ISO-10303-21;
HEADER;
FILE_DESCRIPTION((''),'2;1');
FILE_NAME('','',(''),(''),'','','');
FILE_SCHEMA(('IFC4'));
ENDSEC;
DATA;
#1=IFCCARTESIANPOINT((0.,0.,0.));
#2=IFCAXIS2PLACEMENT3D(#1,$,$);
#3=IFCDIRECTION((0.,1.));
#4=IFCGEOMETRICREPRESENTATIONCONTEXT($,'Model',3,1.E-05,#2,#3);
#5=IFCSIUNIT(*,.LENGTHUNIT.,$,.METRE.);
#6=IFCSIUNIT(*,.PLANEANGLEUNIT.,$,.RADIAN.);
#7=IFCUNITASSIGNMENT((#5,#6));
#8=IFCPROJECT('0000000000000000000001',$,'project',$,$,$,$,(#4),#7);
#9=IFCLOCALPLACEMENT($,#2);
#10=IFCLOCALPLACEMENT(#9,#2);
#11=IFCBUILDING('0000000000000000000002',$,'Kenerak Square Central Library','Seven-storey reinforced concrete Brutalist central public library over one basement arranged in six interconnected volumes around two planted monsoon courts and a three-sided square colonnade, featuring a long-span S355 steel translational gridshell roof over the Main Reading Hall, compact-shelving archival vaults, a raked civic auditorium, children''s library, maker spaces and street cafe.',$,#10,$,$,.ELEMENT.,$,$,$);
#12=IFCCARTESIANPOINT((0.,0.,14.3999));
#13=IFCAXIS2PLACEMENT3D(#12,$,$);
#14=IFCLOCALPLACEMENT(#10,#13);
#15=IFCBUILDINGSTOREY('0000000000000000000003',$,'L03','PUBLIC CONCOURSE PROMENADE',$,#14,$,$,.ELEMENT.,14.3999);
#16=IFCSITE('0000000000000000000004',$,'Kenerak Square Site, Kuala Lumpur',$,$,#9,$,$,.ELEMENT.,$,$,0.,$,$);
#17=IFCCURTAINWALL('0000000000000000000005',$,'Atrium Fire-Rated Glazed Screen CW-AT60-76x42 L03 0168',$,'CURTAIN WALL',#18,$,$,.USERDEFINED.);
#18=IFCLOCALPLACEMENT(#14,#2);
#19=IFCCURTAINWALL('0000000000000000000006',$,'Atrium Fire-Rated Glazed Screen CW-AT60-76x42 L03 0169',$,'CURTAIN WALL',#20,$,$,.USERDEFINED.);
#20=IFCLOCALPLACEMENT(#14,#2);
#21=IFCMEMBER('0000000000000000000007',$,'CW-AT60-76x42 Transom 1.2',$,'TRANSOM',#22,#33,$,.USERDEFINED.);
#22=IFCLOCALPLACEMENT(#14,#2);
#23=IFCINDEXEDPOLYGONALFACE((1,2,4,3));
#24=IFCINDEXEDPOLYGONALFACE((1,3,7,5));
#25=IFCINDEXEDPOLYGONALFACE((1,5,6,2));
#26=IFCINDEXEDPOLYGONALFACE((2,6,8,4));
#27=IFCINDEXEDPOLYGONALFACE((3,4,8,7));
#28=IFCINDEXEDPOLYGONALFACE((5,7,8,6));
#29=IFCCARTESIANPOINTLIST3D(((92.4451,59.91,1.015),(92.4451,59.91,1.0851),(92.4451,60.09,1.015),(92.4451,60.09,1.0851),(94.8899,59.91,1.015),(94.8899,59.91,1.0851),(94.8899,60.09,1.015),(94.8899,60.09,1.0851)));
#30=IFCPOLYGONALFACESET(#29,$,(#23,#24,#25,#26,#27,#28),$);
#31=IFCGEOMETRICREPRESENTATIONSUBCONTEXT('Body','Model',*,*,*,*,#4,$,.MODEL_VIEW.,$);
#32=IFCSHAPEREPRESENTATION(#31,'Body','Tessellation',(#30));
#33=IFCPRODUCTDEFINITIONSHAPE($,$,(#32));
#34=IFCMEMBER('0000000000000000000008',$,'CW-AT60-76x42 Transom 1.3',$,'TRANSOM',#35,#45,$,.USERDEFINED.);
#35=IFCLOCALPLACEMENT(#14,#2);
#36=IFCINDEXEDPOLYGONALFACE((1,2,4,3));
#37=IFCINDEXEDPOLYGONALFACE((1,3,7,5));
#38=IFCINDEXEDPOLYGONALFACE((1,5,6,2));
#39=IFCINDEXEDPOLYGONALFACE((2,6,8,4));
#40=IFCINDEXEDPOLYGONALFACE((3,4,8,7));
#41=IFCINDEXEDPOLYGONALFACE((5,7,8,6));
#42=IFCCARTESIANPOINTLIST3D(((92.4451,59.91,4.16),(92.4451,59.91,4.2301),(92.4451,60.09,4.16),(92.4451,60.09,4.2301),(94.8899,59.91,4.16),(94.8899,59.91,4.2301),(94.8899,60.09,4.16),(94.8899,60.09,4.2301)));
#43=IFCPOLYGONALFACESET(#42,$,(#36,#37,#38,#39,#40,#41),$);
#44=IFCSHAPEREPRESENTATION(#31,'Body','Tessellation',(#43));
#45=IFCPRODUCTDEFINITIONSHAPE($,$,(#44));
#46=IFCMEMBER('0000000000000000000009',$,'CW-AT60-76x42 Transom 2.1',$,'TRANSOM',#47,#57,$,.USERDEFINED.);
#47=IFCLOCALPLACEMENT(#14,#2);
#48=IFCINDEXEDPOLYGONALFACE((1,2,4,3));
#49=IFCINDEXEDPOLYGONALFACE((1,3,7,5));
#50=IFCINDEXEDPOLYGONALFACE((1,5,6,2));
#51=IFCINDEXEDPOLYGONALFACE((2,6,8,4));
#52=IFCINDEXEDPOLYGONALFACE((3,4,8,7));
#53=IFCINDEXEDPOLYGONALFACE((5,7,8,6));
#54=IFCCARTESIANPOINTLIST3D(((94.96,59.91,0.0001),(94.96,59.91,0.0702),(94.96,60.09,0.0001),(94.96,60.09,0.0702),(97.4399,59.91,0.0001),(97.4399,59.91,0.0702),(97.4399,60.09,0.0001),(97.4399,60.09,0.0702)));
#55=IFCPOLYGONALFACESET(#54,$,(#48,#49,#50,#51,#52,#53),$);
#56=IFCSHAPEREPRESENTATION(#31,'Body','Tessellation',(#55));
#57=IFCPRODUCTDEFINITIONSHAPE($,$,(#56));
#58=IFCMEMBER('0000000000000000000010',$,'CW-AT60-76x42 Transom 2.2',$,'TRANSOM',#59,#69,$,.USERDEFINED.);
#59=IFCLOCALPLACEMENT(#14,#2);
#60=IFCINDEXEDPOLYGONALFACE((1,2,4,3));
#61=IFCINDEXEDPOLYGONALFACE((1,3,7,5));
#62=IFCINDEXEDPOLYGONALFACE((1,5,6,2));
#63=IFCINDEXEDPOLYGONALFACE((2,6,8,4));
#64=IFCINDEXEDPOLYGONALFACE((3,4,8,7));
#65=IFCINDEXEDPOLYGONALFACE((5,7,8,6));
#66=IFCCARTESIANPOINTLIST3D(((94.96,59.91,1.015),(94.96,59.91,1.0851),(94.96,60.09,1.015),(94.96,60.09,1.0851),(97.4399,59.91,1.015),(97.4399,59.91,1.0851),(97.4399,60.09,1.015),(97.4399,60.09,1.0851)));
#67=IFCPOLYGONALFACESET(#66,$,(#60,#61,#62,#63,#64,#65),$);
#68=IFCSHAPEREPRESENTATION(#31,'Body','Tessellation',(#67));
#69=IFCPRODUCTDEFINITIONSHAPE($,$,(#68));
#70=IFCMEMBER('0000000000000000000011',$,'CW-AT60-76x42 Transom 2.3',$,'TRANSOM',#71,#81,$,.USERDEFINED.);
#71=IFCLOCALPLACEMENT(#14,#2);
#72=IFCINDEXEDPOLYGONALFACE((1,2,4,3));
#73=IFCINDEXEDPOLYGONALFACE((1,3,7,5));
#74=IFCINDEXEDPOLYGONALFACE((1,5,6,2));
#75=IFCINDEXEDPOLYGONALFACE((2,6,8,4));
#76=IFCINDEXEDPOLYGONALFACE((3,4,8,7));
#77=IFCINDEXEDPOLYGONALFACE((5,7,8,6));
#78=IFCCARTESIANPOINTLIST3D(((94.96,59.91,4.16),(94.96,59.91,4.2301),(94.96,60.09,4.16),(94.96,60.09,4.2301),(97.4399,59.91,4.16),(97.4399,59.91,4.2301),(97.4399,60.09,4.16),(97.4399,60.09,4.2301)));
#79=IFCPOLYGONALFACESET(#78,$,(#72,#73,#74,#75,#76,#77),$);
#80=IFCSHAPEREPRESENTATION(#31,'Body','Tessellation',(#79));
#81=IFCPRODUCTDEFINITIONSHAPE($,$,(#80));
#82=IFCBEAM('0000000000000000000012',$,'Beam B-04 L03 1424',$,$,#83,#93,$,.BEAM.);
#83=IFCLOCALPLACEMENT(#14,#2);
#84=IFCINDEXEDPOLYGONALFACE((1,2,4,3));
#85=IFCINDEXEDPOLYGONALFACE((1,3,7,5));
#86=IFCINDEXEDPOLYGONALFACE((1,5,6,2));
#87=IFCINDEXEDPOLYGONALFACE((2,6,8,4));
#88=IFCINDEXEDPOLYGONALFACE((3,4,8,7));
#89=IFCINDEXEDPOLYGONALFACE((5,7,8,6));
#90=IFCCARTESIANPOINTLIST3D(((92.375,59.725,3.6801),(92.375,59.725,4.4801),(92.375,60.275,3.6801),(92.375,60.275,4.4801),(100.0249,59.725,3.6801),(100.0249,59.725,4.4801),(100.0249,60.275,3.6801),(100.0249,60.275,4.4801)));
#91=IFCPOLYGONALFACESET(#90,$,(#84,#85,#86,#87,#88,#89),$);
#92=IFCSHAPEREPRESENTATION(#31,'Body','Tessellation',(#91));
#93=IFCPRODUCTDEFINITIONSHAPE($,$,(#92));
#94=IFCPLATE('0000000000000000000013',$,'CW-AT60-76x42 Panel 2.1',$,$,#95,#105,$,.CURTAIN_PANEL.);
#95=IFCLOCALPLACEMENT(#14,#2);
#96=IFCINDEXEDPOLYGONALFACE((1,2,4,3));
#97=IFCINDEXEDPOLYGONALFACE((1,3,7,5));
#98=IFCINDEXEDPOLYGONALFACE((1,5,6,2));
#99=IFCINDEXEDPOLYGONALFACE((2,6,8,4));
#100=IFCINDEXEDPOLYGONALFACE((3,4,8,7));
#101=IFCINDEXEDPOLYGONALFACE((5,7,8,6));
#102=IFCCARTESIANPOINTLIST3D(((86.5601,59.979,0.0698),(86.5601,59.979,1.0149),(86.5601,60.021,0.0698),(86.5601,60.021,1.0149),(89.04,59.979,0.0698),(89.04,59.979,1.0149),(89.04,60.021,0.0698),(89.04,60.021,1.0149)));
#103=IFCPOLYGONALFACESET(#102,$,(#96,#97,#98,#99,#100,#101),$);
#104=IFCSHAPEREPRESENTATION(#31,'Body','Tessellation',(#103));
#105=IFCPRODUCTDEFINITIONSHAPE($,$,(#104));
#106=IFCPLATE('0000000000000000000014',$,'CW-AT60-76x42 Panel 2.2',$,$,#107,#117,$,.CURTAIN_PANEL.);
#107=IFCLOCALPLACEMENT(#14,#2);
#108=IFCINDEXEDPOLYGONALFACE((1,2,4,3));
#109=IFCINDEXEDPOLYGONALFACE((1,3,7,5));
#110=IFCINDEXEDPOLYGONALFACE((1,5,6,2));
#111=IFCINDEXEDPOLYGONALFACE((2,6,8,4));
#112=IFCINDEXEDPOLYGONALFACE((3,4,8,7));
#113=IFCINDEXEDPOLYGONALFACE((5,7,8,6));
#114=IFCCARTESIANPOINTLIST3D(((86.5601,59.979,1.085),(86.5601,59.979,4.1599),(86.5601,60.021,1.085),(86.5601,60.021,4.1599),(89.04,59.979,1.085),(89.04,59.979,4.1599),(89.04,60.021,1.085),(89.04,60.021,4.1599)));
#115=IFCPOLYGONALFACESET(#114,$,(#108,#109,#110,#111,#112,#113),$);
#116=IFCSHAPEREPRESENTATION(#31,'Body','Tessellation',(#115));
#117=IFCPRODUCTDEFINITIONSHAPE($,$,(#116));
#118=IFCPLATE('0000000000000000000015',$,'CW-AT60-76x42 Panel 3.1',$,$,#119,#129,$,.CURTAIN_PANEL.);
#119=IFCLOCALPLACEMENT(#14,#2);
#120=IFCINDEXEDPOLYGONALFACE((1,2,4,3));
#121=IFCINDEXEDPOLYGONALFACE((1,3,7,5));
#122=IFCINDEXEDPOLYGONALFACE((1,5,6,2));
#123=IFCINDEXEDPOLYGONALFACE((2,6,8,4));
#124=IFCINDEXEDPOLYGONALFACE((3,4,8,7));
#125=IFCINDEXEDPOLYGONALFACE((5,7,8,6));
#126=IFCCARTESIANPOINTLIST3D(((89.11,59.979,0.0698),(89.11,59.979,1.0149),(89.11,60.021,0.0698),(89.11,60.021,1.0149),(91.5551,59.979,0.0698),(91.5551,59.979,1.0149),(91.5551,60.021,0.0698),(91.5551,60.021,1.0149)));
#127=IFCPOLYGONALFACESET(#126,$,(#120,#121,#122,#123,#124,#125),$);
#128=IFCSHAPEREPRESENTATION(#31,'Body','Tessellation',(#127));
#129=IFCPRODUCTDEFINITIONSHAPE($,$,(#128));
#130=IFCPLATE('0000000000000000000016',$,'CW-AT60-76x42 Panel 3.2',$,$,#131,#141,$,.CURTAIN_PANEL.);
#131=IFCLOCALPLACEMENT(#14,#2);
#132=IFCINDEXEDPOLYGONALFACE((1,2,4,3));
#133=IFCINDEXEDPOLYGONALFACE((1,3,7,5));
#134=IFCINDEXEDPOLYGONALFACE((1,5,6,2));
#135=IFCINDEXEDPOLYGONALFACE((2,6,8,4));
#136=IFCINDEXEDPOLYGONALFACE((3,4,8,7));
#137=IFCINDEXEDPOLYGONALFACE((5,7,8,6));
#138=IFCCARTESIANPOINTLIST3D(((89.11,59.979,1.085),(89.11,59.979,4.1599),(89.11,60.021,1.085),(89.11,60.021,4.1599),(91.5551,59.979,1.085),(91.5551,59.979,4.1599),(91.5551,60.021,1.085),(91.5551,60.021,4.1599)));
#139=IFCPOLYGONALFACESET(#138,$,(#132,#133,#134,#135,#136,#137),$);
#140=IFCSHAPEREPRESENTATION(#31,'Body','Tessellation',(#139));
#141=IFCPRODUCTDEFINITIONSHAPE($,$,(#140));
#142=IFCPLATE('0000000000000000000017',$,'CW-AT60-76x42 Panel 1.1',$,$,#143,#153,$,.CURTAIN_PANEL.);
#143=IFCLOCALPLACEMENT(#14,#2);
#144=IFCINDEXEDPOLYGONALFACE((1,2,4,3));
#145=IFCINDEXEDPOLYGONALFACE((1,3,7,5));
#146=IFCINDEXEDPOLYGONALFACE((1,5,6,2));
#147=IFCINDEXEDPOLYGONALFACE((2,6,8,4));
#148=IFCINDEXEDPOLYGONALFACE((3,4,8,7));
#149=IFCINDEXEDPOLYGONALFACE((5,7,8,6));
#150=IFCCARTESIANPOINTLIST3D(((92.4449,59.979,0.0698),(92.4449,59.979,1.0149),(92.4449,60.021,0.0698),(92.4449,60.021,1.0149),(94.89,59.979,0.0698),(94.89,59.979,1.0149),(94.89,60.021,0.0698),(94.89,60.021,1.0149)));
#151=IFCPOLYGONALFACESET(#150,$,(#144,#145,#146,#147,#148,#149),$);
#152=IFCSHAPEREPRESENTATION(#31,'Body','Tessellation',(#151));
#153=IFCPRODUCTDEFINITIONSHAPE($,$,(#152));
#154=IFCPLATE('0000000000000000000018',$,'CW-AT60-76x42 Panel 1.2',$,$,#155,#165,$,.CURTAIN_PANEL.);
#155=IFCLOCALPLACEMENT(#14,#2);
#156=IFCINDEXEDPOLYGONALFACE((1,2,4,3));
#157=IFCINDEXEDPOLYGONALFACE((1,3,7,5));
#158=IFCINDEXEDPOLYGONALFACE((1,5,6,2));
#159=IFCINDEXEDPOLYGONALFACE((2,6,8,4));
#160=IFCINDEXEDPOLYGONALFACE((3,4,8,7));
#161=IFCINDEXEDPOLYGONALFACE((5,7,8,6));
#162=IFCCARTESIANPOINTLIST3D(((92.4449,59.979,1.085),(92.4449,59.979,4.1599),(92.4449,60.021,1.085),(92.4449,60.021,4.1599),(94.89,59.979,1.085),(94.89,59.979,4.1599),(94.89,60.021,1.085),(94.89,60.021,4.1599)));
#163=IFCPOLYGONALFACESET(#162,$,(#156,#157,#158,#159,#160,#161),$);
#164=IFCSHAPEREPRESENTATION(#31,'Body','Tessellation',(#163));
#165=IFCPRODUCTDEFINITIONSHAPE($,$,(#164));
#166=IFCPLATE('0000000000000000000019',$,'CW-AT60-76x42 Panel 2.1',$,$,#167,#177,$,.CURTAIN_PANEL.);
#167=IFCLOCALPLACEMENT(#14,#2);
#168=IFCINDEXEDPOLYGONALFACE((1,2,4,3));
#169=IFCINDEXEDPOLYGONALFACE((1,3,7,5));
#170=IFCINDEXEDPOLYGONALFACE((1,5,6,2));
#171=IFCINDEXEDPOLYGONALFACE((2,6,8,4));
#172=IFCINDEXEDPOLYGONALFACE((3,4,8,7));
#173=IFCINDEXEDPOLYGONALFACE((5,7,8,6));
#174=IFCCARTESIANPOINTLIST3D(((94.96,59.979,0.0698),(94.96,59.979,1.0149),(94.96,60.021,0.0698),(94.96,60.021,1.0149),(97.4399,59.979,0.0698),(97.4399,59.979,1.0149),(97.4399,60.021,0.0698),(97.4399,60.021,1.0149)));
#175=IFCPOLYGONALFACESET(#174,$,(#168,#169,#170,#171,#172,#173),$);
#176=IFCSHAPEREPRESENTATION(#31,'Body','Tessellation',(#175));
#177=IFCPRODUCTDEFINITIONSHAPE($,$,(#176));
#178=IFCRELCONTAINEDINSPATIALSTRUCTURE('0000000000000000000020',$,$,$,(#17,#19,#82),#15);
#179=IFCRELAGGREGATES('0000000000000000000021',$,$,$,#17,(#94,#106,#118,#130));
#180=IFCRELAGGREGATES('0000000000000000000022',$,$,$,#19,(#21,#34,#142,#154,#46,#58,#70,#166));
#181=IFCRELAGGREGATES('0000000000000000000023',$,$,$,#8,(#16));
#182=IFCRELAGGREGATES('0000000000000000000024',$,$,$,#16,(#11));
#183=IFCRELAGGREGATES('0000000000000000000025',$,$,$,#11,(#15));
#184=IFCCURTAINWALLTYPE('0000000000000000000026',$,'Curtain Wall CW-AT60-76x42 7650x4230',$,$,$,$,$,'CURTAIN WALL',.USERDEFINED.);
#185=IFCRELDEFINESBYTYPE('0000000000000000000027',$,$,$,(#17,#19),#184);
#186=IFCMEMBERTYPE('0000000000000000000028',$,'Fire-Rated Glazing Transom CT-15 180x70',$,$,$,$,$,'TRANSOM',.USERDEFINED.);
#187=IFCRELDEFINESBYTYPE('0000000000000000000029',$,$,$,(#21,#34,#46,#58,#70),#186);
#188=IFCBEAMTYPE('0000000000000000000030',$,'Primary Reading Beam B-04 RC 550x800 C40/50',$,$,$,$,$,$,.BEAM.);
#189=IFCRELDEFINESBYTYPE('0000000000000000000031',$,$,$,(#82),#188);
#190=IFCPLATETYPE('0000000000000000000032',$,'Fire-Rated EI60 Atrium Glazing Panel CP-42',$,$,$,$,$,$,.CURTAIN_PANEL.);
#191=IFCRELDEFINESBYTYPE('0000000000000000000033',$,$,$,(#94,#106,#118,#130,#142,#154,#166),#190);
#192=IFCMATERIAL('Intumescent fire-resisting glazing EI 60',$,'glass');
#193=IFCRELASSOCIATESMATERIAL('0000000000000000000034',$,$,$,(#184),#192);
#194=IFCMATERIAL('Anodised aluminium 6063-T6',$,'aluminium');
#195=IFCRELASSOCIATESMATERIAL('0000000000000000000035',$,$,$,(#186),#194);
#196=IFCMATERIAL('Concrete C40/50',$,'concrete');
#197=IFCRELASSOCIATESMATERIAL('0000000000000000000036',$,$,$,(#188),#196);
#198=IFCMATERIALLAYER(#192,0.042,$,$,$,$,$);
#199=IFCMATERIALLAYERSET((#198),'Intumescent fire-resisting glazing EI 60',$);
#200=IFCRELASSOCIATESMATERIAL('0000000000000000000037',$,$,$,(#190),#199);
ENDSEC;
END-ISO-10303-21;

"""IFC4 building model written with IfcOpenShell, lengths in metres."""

from ifc_helpers import new_model, si_unit, direction, frame, origin, origin_2d, place, context, subcontext, project, spatial, rectangle, extrude, material, layer, layer_set, material_profile, profile_set, type_object, element, aggregate, save


model = new_model("IFC4")

# Units and contexts
model_context = context("Model", 3, precision=1e-05, world=origin(), true_north=direction((0.0, 1.0)))
body_context = subcontext(model_context, "Body", "Model", "MODEL_VIEW")
ifc_project = project(units=[si_unit("LENGTHUNIT", "METRE"), si_unit("PLANEANGLEUNIT", "RADIAN")], contexts=[model_context])

# Site, building, storey
site_placement = place(None, origin())
site = spatial("IfcSite", under=ifc_project, at=site_placement, Name="Kenerak Square Site, Kuala Lumpur", CompositionType="ELEMENT", RefElevation=0.0)
building_placement = place(site_placement, origin())
building = spatial("IfcBuilding", under=site, at=building_placement, Name="Kenerak Square Central Library", Description="Seven-storey reinforced concrete Brutalist central public library over one basement arranged in six interconnected volumes around two planted monsoon courts and a three-sided square colonnade, featuring a long-span S355 steel translational gridshell roof over the Main Reading Hall, compact-shelving archival vaults, a raked civic auditorium, children's library, maker spaces and street cafe.", CompositionType="ELEMENT")
storey_placement = place(building_placement, frame((0.0, 0.0, 14.3999)))
storey = spatial("IfcBuildingStorey", under=building, at=storey_placement, Name="L03", Description="PUBLIC CONCOURSE PROMENADE", CompositionType="ELEMENT", Elevation=14.3999)

# Shared definitions
ifc_material_1 = material(Name="Concrete C40/50", Category="concrete")

# Curtain walls
ifc_material_2 = material(Name="Intumescent fire-resisting glazing EI 60", Category="glass")
curtain_wall_type = type_object("IfcCurtainWallType", Name="Curtain Wall CW-AT60-76x42 7650x4230", ElementType="CURTAIN WALL", PredefinedType="USERDEFINED", material=ifc_material_2)
curtain_wall_1_placement = place(storey_placement, origin())
curtain_wall_1 = element("IfcCurtainWall", 1, at=curtain_wall_1_placement, inside=storey, type_object=curtain_wall_type, Name="Atrium Fire-Rated Glazed Screen CW-AT60-76x42 L03 0168", ObjectType="CURTAIN WALL", PredefinedType="USERDEFINED")
ifc_material_3 = material(Name="Anodised aluminium 6063-T6", Category="aluminium")
curtain_wall_2_placement = place(storey_placement, origin())
curtain_wall_2 = element("IfcCurtainWall", 2, at=curtain_wall_2_placement, inside=storey, type_object=curtain_wall_type, Name="Atrium Fire-Rated Glazed Screen CW-AT60-76x42 L03 0169", ObjectType="CURTAIN WALL", PredefinedType="USERDEFINED")

# Members
ifc_material_profile_1 = material_profile(ifc_material_3, rectangle(XDim=0.1799, YDim=0.0701, at=origin_2d()), Name="AL TRANSOM 180x70")
ifc_profile_set_1 = profile_set([ifc_material_profile_1], Name="Anodised aluminium 6063-T6")
member_type_1 = type_object("IfcMemberType", Name="Fire-Rated Glazing Transom CT-15 180x70", ElementType="TRANSOM", PredefinedType="USERDEFINED", material=ifc_profile_set_1)
member_1_placement = place(storey_placement, frame((92.4451, 60.0, 1.05), z_axis=(1.0, 0.0, 0.0), x_axis=(0.0, 1.0, 0.0)))
member_1 = element("IfcMember", 3, at=member_1_placement, type_object=member_type_1, Name="CW-AT60-76x42 Transom 1.2", ObjectType="TRANSOM", PredefinedType="USERDEFINED", context=body_context, shape_type="SweptSolid", body=[
    extrude(rectangle(XDim=0.1799, YDim=0.0701, at=origin_2d()), origin(), (0.0, 0.0, 1.0), 2.4448),
])
member_2_placement = place(storey_placement, frame((92.4451, 60.0, 4.1951), z_axis=(1.0, 0.0, 0.0), x_axis=(0.0, 1.0, 0.0)))
member_2 = element("IfcMember", 4, at=member_2_placement, type_object=member_type_1, Name="CW-AT60-76x42 Transom 1.3", ObjectType="TRANSOM", PredefinedType="USERDEFINED", context=body_context, shape_type="SweptSolid", body=[
    extrude(rectangle(XDim=0.1799, YDim=0.0701, at=origin_2d()), origin(), (0.0, 0.0, 1.0), 2.4448),
])
member_3_placement = place(storey_placement, frame((94.96, 60.0, 0.0352), z_axis=(1.0, 0.0, 0.0), x_axis=(0.0, 1.0, 0.0)))
member_3 = element("IfcMember", 5, at=member_3_placement, type_object=member_type_1, Name="CW-AT60-76x42 Transom 2.1", ObjectType="TRANSOM", PredefinedType="USERDEFINED", context=body_context, shape_type="SweptSolid", body=[
    extrude(rectangle(XDim=0.1799, YDim=0.0701, at=origin_2d()), origin(), (0.0, 0.0, 1.0), 2.48),
])
member_4_placement = place(storey_placement, frame((94.96, 60.0, 1.05), z_axis=(1.0, 0.0, 0.0), x_axis=(0.0, 1.0, 0.0)))
member_4 = element("IfcMember", 6, at=member_4_placement, type_object=member_type_1, Name="CW-AT60-76x42 Transom 2.2", ObjectType="TRANSOM", PredefinedType="USERDEFINED", context=body_context, shape_type="SweptSolid", body=[
    extrude(rectangle(XDim=0.1799, YDim=0.0701, at=origin_2d()), origin(), (0.0, 0.0, 1.0), 2.48),
])
member_5_placement = place(storey_placement, frame((94.96, 60.0, 4.1951), z_axis=(1.0, 0.0, 0.0), x_axis=(0.0, 1.0, 0.0)))
member_5 = element("IfcMember", 7, at=member_5_placement, type_object=member_type_1, Name="CW-AT60-76x42 Transom 2.3", ObjectType="TRANSOM", PredefinedType="USERDEFINED", context=body_context, shape_type="SweptSolid", body=[
    extrude(rectangle(XDim=0.1799, YDim=0.0701, at=origin_2d()), origin(), (0.0, 0.0, 1.0), 2.48),
])

# Beam
ifc_material_profile_2 = material_profile(ifc_material_1, rectangle(XDim=0.55, YDim=0.8, at=origin_2d()), Name="RC 550x800")
ifc_profile_set_2 = profile_set([ifc_material_profile_2], Name="Concrete C40/50")
beam_type = type_object("IfcBeamType", Name="Primary Reading Beam B-04 RC 550x800 C40/50", PredefinedType="BEAM", material=ifc_profile_set_2)
beam_placement = place(storey_placement, frame((92.375, 60.0, 4.0801), z_axis=(1.0, 0.0, 0.0), x_axis=(0.0, 1.0, 0.0)))
element("IfcBeam", 8, at=beam_placement, inside=storey, type_object=beam_type, Name="Beam B-04 L03 1424", PredefinedType="BEAM", context=body_context, shape_type="SweptSolid", body=[
    extrude(rectangle(XDim=0.55, YDim=0.8, at=origin_2d()), origin(), (0.0, 0.0, 1.0), 7.6499),
])

# Plates
ifc_layer = layer(ifc_material_2, 0.042)
ifc_layer_set = layer_set([ifc_layer], Name="Intumescent fire-resisting glazing EI 60")
plate_type = type_object("IfcPlateType", Name="Fire-Rated EI60 Atrium Glazing Panel CP-42", PredefinedType="CURTAIN_PANEL", material=ifc_layer_set)
plate_1_placement = place(storey_placement, frame((87.8, 60.0, 0.0698), z_axis=(0.0, 0.0, 1.0), x_axis=(1.0, 0.0, 0.0)))
plate_1 = element("IfcPlate", 9, at=plate_1_placement, type_object=plate_type, Name="CW-AT60-76x42 Panel 2.1", PredefinedType="CURTAIN_PANEL", context=body_context, shape_type="SweptSolid", body=[
    extrude(rectangle(XDim=2.48, YDim=0.042, at=origin_2d()), origin(), (0.0, 0.0, 1.0), 0.9451),
])
plate_2_placement = place(storey_placement, frame((87.8, 60.0, 1.085), z_axis=(0.0, 0.0, 1.0), x_axis=(1.0, 0.0, 0.0)))
plate_2 = element("IfcPlate", 10, at=plate_2_placement, type_object=plate_type, Name="CW-AT60-76x42 Panel 2.2", PredefinedType="CURTAIN_PANEL", context=body_context, shape_type="SweptSolid", body=[
    extrude(rectangle(XDim=2.48, YDim=0.042, at=origin_2d()), origin(), (0.0, 0.0, 1.0), 3.075),
])
plate_3_placement = place(storey_placement, frame((90.3325, 60.0, 0.0698), z_axis=(0.0, 0.0, 1.0), x_axis=(1.0, 0.0, 0.0)))
plate_3 = element("IfcPlate", 11, at=plate_3_placement, type_object=plate_type, Name="CW-AT60-76x42 Panel 3.1", PredefinedType="CURTAIN_PANEL", context=body_context, shape_type="SweptSolid", body=[
    extrude(rectangle(XDim=2.4451, YDim=0.042, at=origin_2d()), origin(), (0.0, 0.0, 1.0), 0.9451),
])
plate_4_placement = place(storey_placement, frame((90.3325, 60.0, 1.085), z_axis=(0.0, 0.0, 1.0), x_axis=(1.0, 0.0, 0.0)))
plate_4 = element("IfcPlate", 12, at=plate_4_placement, type_object=plate_type, Name="CW-AT60-76x42 Panel 3.2", PredefinedType="CURTAIN_PANEL", context=body_context, shape_type="SweptSolid", body=[
    extrude(rectangle(XDim=2.4451, YDim=0.042, at=origin_2d()), origin(), (0.0, 0.0, 1.0), 3.075),
])
aggregate(curtain_wall_1, [plate_1, plate_2, plate_3, plate_4])
plate_5_placement = place(storey_placement, frame((93.6675, 60.0, 0.0698), z_axis=(0.0, 0.0, 1.0), x_axis=(1.0, 0.0, 0.0)))
plate_5 = element("IfcPlate", 13, at=plate_5_placement, type_object=plate_type, Name="CW-AT60-76x42 Panel 1.1", PredefinedType="CURTAIN_PANEL", context=body_context, shape_type="SweptSolid", body=[
    extrude(rectangle(XDim=2.4451, YDim=0.042, at=origin_2d()), origin(), (0.0, 0.0, 1.0), 0.9451),
])
plate_6_placement = place(storey_placement, frame((93.6675, 60.0, 1.085), z_axis=(0.0, 0.0, 1.0), x_axis=(1.0, 0.0, 0.0)))
plate_6 = element("IfcPlate", 14, at=plate_6_placement, type_object=plate_type, Name="CW-AT60-76x42 Panel 1.2", PredefinedType="CURTAIN_PANEL", context=body_context, shape_type="SweptSolid", body=[
    extrude(rectangle(XDim=2.4451, YDim=0.042, at=origin_2d()), origin(), (0.0, 0.0, 1.0), 3.075),
])
plate_7_placement = place(storey_placement, frame((96.2, 60.0, 0.0698), z_axis=(0.0, 0.0, 1.0), x_axis=(1.0, 0.0, 0.0)))
plate_7 = element("IfcPlate", 15, at=plate_7_placement, type_object=plate_type, Name="CW-AT60-76x42 Panel 2.1", PredefinedType="CURTAIN_PANEL", context=body_context, shape_type="SweptSolid", body=[
    extrude(rectangle(XDim=2.48, YDim=0.042, at=origin_2d()), origin(), (0.0, 0.0, 1.0), 0.9451),
])
aggregate(curtain_wall_2, [member_1, member_2, plate_5, plate_6, member_3, member_4, member_5, plate_7])

save(model, "model.ifc")
